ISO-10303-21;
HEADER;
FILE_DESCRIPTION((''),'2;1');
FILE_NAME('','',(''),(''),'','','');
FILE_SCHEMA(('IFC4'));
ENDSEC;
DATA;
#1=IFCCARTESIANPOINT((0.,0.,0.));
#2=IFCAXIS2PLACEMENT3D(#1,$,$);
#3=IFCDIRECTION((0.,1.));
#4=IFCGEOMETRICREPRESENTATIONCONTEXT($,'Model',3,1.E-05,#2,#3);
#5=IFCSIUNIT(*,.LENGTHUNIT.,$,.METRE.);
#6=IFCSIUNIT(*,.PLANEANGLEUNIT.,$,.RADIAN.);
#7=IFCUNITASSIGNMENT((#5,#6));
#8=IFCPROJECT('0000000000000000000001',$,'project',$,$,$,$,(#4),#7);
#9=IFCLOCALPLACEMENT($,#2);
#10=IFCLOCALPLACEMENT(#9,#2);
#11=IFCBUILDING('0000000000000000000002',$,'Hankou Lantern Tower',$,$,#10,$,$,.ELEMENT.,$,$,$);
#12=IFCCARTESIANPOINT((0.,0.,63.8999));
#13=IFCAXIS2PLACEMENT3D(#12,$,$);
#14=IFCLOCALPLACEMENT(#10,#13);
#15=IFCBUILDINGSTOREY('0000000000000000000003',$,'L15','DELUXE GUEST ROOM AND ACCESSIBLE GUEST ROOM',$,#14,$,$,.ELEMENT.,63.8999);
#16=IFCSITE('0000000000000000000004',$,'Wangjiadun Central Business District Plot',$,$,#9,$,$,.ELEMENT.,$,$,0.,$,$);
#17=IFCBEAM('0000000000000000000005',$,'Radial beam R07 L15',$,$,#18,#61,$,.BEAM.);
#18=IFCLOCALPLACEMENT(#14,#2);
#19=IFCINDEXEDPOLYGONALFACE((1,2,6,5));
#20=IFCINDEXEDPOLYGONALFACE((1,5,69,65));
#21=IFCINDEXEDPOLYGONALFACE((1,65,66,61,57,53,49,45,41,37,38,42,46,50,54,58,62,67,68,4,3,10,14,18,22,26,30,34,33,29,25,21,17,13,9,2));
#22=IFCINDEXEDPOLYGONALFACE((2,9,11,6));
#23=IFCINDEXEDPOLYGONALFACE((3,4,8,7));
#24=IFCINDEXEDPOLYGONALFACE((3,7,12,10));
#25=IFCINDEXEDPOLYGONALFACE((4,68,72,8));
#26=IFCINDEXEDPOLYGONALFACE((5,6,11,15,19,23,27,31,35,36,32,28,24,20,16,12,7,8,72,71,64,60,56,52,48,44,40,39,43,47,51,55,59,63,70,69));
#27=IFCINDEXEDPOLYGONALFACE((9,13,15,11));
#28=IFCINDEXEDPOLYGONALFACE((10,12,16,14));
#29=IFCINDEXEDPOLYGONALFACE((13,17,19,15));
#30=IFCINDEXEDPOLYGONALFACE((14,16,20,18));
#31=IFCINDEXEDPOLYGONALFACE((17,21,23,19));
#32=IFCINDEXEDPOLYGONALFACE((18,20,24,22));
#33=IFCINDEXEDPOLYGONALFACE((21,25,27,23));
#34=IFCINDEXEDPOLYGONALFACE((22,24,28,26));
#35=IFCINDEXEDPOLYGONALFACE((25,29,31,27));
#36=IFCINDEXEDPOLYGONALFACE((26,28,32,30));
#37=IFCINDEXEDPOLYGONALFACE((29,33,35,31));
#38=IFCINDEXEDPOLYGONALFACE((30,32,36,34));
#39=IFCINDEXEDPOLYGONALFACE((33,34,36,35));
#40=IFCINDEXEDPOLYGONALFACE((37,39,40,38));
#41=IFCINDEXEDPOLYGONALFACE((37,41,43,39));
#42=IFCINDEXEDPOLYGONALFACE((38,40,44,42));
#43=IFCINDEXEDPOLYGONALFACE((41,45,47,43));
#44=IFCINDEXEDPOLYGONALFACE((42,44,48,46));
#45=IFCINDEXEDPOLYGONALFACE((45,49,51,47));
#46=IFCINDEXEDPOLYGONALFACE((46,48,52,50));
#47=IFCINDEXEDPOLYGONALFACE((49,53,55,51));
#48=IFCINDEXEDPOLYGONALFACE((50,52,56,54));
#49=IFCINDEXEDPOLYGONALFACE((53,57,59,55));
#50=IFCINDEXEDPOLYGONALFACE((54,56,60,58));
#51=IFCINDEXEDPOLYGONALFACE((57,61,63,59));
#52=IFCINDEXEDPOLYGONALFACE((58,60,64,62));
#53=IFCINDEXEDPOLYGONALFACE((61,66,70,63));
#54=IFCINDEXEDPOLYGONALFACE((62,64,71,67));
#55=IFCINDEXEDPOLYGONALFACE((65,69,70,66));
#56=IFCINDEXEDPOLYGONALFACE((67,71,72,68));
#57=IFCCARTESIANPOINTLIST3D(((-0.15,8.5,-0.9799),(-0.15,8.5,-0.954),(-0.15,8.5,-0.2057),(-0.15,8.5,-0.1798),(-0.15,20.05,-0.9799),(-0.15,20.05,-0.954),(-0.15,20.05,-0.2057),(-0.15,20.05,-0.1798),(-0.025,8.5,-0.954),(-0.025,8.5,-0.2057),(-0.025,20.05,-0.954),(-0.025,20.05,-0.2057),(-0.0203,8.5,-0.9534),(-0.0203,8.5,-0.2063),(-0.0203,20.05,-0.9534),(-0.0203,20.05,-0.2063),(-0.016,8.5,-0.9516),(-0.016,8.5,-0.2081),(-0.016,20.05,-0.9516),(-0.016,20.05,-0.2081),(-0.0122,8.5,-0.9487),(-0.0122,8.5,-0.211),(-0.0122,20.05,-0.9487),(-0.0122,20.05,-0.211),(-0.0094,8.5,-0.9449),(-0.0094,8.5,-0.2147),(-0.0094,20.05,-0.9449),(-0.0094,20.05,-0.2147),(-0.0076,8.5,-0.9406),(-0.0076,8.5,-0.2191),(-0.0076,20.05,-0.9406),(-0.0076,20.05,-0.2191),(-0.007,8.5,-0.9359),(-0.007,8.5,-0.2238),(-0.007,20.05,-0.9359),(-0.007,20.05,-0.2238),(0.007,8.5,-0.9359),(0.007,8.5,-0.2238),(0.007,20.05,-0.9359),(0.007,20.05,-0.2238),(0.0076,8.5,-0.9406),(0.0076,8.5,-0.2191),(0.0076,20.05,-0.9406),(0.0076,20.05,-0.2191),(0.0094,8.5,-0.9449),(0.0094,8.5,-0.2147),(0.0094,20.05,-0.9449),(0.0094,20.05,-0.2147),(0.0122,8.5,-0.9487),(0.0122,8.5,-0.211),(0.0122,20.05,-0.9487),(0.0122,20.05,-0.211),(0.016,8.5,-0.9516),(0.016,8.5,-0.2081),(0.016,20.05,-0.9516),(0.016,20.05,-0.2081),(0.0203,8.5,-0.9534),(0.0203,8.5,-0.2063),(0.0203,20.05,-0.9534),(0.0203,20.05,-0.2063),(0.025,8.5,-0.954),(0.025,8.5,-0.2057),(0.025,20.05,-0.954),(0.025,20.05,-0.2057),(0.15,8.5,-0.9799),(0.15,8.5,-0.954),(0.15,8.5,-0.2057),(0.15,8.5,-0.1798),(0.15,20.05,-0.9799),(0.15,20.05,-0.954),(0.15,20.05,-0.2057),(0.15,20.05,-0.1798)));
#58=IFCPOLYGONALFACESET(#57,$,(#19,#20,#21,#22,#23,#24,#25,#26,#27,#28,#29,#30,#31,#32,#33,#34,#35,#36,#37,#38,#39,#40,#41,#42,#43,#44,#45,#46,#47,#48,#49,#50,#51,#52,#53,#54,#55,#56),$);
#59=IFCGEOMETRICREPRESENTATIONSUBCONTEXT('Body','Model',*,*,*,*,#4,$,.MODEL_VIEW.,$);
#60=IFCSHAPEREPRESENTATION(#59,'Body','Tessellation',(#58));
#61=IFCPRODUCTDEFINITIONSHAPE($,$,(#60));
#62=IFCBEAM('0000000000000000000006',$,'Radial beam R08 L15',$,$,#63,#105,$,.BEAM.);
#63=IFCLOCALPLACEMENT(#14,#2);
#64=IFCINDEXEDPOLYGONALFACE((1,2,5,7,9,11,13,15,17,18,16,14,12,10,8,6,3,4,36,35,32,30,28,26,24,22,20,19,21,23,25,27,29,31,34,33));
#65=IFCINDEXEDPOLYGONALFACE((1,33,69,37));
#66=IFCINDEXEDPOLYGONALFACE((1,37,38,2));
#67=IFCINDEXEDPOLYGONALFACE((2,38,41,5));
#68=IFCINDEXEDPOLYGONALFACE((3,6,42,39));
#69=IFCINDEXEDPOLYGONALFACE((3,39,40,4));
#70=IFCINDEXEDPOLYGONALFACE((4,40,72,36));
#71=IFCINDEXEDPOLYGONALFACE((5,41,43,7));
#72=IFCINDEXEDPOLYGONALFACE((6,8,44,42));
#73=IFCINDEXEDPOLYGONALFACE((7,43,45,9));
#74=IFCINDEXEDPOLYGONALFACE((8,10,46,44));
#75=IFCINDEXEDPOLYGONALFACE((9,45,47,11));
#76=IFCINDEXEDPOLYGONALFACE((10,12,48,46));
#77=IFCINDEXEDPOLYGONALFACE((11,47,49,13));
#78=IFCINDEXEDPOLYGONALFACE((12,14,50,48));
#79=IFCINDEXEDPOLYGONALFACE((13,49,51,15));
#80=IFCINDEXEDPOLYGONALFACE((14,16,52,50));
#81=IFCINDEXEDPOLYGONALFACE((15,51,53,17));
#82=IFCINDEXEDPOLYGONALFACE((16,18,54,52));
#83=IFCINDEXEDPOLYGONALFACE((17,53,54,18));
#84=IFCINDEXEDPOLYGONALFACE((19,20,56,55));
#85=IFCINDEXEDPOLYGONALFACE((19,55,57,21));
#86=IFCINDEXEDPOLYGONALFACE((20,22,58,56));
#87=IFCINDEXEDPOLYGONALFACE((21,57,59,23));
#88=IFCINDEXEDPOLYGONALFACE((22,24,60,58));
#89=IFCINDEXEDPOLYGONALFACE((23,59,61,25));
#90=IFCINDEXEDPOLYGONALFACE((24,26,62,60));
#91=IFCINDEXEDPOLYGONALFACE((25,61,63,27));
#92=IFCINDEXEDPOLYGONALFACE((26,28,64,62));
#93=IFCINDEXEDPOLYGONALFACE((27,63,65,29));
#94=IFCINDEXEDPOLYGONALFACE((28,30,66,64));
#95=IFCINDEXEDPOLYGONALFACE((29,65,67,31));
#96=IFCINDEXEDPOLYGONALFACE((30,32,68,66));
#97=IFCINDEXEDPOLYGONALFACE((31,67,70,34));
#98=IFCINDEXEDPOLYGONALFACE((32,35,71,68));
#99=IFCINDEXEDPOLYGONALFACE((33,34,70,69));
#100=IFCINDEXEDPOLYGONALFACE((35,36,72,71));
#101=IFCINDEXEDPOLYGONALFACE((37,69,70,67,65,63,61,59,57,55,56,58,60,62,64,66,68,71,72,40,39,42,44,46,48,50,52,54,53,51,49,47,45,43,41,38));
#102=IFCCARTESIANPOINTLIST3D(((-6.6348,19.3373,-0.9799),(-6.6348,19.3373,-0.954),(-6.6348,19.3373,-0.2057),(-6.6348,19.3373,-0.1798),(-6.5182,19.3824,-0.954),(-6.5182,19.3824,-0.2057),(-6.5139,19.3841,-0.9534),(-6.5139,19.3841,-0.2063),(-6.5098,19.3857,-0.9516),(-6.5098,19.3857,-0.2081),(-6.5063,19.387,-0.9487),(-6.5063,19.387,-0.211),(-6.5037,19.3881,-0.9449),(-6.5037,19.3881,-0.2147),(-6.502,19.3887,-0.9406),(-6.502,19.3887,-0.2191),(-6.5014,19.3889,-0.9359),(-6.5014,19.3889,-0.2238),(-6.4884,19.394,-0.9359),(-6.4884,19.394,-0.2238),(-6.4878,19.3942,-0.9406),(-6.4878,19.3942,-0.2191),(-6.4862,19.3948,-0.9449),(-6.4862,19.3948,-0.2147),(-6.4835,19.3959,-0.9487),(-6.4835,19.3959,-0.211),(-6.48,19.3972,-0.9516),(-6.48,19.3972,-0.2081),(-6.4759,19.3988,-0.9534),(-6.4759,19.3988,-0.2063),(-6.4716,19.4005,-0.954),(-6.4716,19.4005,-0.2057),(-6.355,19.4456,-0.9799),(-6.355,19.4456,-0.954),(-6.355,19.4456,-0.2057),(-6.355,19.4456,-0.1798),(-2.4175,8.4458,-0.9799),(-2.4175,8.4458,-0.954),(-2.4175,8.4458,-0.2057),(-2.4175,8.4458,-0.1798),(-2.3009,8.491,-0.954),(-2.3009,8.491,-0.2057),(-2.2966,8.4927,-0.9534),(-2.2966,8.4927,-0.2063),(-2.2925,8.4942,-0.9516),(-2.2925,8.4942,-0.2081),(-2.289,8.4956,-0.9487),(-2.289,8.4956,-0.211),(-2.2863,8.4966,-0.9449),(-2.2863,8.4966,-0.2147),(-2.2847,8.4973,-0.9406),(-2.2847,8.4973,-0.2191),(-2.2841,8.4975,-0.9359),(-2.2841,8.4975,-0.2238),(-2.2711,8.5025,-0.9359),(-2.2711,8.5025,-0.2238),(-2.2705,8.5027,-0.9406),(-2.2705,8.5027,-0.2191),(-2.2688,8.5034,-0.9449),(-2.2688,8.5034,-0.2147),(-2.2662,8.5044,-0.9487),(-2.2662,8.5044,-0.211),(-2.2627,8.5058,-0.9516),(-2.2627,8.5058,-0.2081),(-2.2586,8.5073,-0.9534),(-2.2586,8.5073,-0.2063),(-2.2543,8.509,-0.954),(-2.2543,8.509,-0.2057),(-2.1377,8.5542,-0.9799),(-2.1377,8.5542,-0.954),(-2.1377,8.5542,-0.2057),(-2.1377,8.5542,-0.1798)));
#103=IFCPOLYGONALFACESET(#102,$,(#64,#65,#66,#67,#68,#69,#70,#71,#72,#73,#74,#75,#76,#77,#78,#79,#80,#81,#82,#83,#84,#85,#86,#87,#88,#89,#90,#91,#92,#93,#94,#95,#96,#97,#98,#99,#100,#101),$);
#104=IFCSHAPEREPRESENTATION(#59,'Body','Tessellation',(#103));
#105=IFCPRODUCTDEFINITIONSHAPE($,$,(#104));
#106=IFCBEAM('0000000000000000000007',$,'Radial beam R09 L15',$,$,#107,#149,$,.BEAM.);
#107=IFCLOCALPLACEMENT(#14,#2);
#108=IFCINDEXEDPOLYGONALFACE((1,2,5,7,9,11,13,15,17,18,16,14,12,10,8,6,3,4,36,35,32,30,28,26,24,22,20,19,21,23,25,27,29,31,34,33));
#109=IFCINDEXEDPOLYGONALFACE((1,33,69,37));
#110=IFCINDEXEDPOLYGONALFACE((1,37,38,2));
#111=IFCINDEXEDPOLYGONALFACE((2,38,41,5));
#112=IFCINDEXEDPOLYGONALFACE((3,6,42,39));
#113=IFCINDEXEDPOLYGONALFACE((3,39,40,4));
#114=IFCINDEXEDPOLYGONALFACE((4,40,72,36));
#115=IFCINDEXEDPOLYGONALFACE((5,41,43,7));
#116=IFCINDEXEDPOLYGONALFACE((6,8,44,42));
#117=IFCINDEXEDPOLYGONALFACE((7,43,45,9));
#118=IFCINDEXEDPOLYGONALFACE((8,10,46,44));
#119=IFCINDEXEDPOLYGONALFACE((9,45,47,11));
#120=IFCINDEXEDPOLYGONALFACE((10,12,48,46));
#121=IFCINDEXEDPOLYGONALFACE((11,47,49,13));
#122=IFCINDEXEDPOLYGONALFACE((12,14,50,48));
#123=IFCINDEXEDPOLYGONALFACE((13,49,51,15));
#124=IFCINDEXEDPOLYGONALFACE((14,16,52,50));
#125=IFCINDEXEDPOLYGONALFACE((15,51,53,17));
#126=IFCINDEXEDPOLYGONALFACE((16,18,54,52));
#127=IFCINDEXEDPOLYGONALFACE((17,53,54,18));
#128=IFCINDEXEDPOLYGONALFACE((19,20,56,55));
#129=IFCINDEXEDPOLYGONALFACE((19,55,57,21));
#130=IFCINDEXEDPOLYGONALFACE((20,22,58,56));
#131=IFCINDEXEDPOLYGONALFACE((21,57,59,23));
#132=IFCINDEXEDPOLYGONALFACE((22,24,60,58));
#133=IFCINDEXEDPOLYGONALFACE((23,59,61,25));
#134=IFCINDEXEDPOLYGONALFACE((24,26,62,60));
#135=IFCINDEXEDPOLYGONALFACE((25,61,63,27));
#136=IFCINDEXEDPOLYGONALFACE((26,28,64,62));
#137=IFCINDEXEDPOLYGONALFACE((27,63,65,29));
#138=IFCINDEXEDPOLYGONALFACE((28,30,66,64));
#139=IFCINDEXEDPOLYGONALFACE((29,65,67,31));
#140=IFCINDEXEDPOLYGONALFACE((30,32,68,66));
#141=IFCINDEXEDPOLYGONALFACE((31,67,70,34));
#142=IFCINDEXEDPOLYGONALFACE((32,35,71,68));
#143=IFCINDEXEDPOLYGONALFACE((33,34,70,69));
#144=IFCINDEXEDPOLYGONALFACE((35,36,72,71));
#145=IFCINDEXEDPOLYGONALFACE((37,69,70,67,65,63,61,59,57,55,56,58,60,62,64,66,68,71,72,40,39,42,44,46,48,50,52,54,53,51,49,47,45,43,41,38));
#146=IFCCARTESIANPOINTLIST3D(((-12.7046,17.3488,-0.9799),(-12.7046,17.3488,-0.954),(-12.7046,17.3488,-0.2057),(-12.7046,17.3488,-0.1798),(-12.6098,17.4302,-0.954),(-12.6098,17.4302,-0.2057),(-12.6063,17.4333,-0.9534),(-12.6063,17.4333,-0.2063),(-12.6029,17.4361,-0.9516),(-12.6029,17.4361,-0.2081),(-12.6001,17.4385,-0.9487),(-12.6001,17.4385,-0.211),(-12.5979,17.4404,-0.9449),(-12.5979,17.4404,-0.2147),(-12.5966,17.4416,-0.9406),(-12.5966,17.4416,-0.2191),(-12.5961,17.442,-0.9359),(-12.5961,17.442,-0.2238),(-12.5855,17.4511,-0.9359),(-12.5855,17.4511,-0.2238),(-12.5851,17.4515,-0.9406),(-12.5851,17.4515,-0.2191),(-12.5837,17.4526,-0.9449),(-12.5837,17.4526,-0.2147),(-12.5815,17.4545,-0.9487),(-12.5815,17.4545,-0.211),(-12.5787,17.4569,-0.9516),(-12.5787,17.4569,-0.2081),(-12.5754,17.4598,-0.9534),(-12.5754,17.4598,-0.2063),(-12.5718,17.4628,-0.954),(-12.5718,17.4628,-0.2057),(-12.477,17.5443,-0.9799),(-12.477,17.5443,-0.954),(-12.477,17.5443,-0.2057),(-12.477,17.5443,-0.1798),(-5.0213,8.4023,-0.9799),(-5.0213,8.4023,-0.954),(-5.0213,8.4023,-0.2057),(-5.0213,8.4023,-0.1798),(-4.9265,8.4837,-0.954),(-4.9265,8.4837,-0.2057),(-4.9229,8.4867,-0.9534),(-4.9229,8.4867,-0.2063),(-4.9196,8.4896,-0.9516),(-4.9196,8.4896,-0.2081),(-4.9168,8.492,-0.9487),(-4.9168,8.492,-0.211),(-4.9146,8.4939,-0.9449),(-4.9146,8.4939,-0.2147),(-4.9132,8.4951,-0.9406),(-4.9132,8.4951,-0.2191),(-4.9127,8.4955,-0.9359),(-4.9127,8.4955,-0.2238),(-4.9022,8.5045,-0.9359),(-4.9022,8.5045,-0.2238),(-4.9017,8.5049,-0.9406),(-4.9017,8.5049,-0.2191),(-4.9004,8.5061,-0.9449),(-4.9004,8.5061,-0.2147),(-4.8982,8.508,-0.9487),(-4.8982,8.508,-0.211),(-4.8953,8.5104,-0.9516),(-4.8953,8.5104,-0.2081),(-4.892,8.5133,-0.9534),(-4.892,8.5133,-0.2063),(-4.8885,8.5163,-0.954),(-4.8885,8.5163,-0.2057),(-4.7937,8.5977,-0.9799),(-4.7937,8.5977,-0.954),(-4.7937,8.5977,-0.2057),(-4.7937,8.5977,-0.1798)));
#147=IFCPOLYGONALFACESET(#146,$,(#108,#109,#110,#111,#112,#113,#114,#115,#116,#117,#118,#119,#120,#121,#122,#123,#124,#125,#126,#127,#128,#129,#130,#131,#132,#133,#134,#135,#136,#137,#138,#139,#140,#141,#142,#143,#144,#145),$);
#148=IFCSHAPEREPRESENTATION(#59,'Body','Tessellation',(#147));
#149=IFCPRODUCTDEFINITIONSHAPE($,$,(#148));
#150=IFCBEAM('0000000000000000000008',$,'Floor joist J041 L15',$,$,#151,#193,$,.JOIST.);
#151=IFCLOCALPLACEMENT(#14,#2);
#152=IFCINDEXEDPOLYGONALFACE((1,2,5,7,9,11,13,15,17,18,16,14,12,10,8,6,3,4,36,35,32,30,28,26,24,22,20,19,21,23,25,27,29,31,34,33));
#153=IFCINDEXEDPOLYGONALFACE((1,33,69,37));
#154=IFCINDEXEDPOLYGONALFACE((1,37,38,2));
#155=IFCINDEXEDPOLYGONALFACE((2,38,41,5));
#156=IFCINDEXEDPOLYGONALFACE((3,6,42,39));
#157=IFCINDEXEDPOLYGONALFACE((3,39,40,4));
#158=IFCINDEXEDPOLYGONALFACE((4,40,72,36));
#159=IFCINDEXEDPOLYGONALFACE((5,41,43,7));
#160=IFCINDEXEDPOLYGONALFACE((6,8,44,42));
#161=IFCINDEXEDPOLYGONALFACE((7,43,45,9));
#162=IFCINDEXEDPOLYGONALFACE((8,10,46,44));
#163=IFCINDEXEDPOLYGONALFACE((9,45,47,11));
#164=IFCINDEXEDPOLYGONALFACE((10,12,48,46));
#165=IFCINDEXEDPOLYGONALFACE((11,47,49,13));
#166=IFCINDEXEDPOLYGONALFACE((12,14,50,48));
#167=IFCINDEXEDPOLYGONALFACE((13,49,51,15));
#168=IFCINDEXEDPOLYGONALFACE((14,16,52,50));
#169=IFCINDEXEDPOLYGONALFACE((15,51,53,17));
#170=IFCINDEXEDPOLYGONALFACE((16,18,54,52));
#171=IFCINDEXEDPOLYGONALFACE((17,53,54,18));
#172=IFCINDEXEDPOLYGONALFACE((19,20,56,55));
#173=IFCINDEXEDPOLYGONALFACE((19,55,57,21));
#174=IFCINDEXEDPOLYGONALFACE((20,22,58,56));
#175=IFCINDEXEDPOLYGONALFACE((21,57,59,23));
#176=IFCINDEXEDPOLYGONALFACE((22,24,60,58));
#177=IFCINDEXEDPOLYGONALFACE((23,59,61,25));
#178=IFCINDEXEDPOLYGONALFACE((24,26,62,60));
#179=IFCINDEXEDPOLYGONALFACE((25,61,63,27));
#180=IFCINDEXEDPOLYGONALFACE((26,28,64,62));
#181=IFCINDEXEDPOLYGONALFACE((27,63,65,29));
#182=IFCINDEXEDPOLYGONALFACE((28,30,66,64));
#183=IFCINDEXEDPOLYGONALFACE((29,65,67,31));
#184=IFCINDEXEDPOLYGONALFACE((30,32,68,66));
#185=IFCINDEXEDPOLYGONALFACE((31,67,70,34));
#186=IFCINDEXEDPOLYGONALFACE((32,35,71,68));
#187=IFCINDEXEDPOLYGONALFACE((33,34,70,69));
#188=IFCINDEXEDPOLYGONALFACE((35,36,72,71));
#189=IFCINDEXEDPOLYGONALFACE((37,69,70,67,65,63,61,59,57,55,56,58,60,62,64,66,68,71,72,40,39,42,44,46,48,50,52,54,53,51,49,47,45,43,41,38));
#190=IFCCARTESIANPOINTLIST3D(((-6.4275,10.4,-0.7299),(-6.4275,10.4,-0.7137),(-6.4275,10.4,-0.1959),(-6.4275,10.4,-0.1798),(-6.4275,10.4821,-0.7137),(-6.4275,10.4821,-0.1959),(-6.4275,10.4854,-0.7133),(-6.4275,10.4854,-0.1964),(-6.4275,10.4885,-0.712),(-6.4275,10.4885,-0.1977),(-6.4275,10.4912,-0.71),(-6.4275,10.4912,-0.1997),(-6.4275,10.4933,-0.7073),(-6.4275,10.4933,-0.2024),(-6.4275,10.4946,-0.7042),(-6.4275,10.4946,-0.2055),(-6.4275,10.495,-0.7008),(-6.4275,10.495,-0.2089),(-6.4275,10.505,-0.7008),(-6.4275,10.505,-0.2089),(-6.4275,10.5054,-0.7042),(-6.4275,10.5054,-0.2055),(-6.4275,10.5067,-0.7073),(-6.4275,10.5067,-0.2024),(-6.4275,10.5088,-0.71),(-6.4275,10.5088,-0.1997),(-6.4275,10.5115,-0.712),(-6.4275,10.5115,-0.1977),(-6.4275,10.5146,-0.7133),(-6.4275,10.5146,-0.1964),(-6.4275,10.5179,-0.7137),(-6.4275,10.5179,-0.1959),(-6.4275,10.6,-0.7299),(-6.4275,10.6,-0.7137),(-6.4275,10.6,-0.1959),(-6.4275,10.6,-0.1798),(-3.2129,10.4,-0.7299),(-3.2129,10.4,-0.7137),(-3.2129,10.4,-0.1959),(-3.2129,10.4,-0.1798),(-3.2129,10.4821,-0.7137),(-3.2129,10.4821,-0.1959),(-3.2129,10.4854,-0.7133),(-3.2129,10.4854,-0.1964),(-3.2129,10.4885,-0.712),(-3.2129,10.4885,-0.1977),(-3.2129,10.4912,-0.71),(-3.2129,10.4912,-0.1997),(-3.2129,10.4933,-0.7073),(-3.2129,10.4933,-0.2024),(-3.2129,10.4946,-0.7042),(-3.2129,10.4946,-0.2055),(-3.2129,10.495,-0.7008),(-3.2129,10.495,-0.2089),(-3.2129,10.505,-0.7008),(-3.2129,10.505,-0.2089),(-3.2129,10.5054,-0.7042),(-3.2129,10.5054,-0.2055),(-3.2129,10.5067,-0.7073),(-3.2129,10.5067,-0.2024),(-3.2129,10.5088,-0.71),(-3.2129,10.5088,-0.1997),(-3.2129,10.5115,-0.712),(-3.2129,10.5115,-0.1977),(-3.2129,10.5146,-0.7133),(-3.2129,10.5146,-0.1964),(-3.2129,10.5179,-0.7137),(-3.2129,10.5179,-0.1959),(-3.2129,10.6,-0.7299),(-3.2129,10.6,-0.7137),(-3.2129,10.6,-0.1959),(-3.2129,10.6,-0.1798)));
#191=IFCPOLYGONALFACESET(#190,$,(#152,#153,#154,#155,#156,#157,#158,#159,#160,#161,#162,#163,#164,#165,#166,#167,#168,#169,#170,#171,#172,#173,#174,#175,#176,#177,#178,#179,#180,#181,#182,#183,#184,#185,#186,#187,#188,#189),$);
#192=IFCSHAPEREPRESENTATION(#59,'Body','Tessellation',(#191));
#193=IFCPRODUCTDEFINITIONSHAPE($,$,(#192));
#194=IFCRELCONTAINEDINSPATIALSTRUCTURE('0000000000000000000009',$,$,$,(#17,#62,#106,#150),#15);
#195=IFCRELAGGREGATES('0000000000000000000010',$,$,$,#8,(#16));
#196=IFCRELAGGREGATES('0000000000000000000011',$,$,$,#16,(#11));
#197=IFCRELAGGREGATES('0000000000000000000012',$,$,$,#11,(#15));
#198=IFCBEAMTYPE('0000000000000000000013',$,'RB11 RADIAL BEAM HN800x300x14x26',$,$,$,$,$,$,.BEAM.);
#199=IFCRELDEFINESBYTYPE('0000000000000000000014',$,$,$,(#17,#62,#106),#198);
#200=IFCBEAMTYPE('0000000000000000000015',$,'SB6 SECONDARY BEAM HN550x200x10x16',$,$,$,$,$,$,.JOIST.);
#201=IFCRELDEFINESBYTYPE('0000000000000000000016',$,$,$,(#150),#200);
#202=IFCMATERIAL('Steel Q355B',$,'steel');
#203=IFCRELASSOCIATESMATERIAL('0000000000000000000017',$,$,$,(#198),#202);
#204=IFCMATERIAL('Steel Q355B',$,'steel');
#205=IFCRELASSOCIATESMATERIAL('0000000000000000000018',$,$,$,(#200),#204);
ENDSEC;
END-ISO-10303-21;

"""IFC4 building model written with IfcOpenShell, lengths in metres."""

from ifc_helpers import new_model, si_unit, direction, frame, origin, origin_2d, place, context, subcontext, project, spatial, i_section, extrude, material, material_profile, profile_set, type_object, element, save


model = new_model("IFC4")

# Units and contexts
model_context = context("Model", 3, precision=1e-05, world=origin(), true_north=direction((0.0, 1.0)))
body_context = subcontext(model_context, "Body", "Model", "MODEL_VIEW")
ifc_project = project(units=[si_unit("LENGTHUNIT", "METRE"), si_unit("PLANEANGLEUNIT", "RADIAN")], contexts=[model_context])

# Site, building, storey
site_placement = place(None, origin())
site = spatial("IfcSite", under=ifc_project, at=site_placement, Name="Wangjiadun Central Business District Plot", CompositionType="ELEMENT", RefElevation=0.0)
building_placement = place(site_placement, origin())
building = spatial("IfcBuilding", under=site, at=building_placement, Name="Hankou Lantern Tower", CompositionType="ELEMENT")
storey_placement = place(building_placement, frame((0.0, 0.0, 63.8999)))
storey = spatial("IfcBuildingStorey", under=building, at=storey_placement, Name="L15", Description="DELUXE GUEST ROOM AND ACCESSIBLE GUEST ROOM", CompositionType="ELEMENT", Elevation=63.8999)

# Beams
ifc_material_1 = material(Name="Steel Q355B", Category="steel")
ifc_material_profile_1 = material_profile(ifc_material_1, i_section(OverallWidth=0.3, OverallDepth=0.8, WebThickness=0.0139, FlangeThickness=0.0259, FilletRadius=0.0181, at=origin_2d()), Name="HN800x300x14x26")
ifc_profile_set_1 = profile_set([ifc_material_profile_1], Name="Steel Q355B")
beam_type_1 = type_object("IfcBeamType", Name="RB11 RADIAL BEAM HN800x300x14x26", PredefinedType="BEAM", material=ifc_profile_set_1)
beam_1_placement = place(storey_placement, frame((0.0, 8.5, -0.5798), z_axis=(0.0, 1.0, 0.0), x_axis=(-1.0, 0.0, 0.0)))
element("IfcBeam", 1, at=beam_1_placement, inside=storey, type_object=beam_type_1, Name="Radial beam R07 L15", PredefinedType="BEAM", context=body_context, shape_type="SweptSolid", body=[
    extrude(i_section(OverallWidth=0.3, OverallDepth=0.8, WebThickness=0.0139, FlangeThickness=0.0259, FilletRadius=0.0181, at=origin_2d()), origin(), (0.0, 0.0, 1.0), 11.55),
])
beam_2_placement = place(storey_placement, frame((-2.2776, 8.5, -0.5798), z_axis=(-0.361089, 0.932531, 0.0), x_axis=(-0.932531, -0.361089, 0.0)))
element("IfcBeam", 2, at=beam_2_placement, inside=storey, type_object=beam_type_1, Name="Radial beam R08 L15", PredefinedType="BEAM", context=body_context, shape_type="SweptSolid", body=[
    extrude(i_section(OverallWidth=0.3, OverallDepth=0.8, WebThickness=0.0139, FlangeThickness=0.0259, FilletRadius=0.0181, at=origin_2d()), origin(), (0.0, 0.0, 1.0), 11.6794),
])
beam_3_placement = place(storey_placement, frame((-4.9075, 8.5, -0.5798), z_axis=(-0.651519, 0.758632, 0.0), x_axis=(-0.758632, -0.651519, 0.0)))
element("IfcBeam", 3, at=beam_3_placement, inside=storey, type_object=beam_type_1, Name="Radial beam R09 L15", PredefinedType="BEAM", context=body_context, shape_type="SweptSolid", body=[
    extrude(i_section(OverallWidth=0.3, OverallDepth=0.8, WebThickness=0.0139, FlangeThickness=0.0259, FilletRadius=0.0181, at=origin_2d()), origin(), (0.0, 0.0, 1.0), 11.793),
])
ifc_material_2 = material(Name="Steel Q355B", Category="steel")
ifc_material_profile_2 = material_profile(ifc_material_2, i_section(OverallWidth=0.2, OverallDepth=0.55, WebThickness=0.01, FlangeThickness=0.0161, FilletRadius=0.0129, at=origin_2d()), Name="HN550x200x10x16")
ifc_profile_set_2 = profile_set([ifc_material_profile_2], Name="Steel Q355B")
beam_type_2 = type_object("IfcBeamType", Name="SB6 SECONDARY BEAM HN550x200x10x16", PredefinedType="JOIST", material=ifc_profile_set_2)
beam_4_placement = place(storey_placement, frame((-6.4275, 10.5, -0.4548), z_axis=(1.0, 0.0, 0.0), x_axis=(0.0, 1.0, 0.0)))
element("IfcBeam", 4, at=beam_4_placement, inside=storey, type_object=beam_type_2, Name="Floor joist J041 L15", PredefinedType="JOIST", context=body_context, shape_type="SweptSolid", body=[
    extrude(i_section(OverallWidth=0.2, OverallDepth=0.55, WebThickness=0.01, FlangeThickness=0.0161, FilletRadius=0.0129, at=origin_2d()), origin(), (0.0, 0.0, 1.0), 3.2146),
])

save(model, "model.ifc")
